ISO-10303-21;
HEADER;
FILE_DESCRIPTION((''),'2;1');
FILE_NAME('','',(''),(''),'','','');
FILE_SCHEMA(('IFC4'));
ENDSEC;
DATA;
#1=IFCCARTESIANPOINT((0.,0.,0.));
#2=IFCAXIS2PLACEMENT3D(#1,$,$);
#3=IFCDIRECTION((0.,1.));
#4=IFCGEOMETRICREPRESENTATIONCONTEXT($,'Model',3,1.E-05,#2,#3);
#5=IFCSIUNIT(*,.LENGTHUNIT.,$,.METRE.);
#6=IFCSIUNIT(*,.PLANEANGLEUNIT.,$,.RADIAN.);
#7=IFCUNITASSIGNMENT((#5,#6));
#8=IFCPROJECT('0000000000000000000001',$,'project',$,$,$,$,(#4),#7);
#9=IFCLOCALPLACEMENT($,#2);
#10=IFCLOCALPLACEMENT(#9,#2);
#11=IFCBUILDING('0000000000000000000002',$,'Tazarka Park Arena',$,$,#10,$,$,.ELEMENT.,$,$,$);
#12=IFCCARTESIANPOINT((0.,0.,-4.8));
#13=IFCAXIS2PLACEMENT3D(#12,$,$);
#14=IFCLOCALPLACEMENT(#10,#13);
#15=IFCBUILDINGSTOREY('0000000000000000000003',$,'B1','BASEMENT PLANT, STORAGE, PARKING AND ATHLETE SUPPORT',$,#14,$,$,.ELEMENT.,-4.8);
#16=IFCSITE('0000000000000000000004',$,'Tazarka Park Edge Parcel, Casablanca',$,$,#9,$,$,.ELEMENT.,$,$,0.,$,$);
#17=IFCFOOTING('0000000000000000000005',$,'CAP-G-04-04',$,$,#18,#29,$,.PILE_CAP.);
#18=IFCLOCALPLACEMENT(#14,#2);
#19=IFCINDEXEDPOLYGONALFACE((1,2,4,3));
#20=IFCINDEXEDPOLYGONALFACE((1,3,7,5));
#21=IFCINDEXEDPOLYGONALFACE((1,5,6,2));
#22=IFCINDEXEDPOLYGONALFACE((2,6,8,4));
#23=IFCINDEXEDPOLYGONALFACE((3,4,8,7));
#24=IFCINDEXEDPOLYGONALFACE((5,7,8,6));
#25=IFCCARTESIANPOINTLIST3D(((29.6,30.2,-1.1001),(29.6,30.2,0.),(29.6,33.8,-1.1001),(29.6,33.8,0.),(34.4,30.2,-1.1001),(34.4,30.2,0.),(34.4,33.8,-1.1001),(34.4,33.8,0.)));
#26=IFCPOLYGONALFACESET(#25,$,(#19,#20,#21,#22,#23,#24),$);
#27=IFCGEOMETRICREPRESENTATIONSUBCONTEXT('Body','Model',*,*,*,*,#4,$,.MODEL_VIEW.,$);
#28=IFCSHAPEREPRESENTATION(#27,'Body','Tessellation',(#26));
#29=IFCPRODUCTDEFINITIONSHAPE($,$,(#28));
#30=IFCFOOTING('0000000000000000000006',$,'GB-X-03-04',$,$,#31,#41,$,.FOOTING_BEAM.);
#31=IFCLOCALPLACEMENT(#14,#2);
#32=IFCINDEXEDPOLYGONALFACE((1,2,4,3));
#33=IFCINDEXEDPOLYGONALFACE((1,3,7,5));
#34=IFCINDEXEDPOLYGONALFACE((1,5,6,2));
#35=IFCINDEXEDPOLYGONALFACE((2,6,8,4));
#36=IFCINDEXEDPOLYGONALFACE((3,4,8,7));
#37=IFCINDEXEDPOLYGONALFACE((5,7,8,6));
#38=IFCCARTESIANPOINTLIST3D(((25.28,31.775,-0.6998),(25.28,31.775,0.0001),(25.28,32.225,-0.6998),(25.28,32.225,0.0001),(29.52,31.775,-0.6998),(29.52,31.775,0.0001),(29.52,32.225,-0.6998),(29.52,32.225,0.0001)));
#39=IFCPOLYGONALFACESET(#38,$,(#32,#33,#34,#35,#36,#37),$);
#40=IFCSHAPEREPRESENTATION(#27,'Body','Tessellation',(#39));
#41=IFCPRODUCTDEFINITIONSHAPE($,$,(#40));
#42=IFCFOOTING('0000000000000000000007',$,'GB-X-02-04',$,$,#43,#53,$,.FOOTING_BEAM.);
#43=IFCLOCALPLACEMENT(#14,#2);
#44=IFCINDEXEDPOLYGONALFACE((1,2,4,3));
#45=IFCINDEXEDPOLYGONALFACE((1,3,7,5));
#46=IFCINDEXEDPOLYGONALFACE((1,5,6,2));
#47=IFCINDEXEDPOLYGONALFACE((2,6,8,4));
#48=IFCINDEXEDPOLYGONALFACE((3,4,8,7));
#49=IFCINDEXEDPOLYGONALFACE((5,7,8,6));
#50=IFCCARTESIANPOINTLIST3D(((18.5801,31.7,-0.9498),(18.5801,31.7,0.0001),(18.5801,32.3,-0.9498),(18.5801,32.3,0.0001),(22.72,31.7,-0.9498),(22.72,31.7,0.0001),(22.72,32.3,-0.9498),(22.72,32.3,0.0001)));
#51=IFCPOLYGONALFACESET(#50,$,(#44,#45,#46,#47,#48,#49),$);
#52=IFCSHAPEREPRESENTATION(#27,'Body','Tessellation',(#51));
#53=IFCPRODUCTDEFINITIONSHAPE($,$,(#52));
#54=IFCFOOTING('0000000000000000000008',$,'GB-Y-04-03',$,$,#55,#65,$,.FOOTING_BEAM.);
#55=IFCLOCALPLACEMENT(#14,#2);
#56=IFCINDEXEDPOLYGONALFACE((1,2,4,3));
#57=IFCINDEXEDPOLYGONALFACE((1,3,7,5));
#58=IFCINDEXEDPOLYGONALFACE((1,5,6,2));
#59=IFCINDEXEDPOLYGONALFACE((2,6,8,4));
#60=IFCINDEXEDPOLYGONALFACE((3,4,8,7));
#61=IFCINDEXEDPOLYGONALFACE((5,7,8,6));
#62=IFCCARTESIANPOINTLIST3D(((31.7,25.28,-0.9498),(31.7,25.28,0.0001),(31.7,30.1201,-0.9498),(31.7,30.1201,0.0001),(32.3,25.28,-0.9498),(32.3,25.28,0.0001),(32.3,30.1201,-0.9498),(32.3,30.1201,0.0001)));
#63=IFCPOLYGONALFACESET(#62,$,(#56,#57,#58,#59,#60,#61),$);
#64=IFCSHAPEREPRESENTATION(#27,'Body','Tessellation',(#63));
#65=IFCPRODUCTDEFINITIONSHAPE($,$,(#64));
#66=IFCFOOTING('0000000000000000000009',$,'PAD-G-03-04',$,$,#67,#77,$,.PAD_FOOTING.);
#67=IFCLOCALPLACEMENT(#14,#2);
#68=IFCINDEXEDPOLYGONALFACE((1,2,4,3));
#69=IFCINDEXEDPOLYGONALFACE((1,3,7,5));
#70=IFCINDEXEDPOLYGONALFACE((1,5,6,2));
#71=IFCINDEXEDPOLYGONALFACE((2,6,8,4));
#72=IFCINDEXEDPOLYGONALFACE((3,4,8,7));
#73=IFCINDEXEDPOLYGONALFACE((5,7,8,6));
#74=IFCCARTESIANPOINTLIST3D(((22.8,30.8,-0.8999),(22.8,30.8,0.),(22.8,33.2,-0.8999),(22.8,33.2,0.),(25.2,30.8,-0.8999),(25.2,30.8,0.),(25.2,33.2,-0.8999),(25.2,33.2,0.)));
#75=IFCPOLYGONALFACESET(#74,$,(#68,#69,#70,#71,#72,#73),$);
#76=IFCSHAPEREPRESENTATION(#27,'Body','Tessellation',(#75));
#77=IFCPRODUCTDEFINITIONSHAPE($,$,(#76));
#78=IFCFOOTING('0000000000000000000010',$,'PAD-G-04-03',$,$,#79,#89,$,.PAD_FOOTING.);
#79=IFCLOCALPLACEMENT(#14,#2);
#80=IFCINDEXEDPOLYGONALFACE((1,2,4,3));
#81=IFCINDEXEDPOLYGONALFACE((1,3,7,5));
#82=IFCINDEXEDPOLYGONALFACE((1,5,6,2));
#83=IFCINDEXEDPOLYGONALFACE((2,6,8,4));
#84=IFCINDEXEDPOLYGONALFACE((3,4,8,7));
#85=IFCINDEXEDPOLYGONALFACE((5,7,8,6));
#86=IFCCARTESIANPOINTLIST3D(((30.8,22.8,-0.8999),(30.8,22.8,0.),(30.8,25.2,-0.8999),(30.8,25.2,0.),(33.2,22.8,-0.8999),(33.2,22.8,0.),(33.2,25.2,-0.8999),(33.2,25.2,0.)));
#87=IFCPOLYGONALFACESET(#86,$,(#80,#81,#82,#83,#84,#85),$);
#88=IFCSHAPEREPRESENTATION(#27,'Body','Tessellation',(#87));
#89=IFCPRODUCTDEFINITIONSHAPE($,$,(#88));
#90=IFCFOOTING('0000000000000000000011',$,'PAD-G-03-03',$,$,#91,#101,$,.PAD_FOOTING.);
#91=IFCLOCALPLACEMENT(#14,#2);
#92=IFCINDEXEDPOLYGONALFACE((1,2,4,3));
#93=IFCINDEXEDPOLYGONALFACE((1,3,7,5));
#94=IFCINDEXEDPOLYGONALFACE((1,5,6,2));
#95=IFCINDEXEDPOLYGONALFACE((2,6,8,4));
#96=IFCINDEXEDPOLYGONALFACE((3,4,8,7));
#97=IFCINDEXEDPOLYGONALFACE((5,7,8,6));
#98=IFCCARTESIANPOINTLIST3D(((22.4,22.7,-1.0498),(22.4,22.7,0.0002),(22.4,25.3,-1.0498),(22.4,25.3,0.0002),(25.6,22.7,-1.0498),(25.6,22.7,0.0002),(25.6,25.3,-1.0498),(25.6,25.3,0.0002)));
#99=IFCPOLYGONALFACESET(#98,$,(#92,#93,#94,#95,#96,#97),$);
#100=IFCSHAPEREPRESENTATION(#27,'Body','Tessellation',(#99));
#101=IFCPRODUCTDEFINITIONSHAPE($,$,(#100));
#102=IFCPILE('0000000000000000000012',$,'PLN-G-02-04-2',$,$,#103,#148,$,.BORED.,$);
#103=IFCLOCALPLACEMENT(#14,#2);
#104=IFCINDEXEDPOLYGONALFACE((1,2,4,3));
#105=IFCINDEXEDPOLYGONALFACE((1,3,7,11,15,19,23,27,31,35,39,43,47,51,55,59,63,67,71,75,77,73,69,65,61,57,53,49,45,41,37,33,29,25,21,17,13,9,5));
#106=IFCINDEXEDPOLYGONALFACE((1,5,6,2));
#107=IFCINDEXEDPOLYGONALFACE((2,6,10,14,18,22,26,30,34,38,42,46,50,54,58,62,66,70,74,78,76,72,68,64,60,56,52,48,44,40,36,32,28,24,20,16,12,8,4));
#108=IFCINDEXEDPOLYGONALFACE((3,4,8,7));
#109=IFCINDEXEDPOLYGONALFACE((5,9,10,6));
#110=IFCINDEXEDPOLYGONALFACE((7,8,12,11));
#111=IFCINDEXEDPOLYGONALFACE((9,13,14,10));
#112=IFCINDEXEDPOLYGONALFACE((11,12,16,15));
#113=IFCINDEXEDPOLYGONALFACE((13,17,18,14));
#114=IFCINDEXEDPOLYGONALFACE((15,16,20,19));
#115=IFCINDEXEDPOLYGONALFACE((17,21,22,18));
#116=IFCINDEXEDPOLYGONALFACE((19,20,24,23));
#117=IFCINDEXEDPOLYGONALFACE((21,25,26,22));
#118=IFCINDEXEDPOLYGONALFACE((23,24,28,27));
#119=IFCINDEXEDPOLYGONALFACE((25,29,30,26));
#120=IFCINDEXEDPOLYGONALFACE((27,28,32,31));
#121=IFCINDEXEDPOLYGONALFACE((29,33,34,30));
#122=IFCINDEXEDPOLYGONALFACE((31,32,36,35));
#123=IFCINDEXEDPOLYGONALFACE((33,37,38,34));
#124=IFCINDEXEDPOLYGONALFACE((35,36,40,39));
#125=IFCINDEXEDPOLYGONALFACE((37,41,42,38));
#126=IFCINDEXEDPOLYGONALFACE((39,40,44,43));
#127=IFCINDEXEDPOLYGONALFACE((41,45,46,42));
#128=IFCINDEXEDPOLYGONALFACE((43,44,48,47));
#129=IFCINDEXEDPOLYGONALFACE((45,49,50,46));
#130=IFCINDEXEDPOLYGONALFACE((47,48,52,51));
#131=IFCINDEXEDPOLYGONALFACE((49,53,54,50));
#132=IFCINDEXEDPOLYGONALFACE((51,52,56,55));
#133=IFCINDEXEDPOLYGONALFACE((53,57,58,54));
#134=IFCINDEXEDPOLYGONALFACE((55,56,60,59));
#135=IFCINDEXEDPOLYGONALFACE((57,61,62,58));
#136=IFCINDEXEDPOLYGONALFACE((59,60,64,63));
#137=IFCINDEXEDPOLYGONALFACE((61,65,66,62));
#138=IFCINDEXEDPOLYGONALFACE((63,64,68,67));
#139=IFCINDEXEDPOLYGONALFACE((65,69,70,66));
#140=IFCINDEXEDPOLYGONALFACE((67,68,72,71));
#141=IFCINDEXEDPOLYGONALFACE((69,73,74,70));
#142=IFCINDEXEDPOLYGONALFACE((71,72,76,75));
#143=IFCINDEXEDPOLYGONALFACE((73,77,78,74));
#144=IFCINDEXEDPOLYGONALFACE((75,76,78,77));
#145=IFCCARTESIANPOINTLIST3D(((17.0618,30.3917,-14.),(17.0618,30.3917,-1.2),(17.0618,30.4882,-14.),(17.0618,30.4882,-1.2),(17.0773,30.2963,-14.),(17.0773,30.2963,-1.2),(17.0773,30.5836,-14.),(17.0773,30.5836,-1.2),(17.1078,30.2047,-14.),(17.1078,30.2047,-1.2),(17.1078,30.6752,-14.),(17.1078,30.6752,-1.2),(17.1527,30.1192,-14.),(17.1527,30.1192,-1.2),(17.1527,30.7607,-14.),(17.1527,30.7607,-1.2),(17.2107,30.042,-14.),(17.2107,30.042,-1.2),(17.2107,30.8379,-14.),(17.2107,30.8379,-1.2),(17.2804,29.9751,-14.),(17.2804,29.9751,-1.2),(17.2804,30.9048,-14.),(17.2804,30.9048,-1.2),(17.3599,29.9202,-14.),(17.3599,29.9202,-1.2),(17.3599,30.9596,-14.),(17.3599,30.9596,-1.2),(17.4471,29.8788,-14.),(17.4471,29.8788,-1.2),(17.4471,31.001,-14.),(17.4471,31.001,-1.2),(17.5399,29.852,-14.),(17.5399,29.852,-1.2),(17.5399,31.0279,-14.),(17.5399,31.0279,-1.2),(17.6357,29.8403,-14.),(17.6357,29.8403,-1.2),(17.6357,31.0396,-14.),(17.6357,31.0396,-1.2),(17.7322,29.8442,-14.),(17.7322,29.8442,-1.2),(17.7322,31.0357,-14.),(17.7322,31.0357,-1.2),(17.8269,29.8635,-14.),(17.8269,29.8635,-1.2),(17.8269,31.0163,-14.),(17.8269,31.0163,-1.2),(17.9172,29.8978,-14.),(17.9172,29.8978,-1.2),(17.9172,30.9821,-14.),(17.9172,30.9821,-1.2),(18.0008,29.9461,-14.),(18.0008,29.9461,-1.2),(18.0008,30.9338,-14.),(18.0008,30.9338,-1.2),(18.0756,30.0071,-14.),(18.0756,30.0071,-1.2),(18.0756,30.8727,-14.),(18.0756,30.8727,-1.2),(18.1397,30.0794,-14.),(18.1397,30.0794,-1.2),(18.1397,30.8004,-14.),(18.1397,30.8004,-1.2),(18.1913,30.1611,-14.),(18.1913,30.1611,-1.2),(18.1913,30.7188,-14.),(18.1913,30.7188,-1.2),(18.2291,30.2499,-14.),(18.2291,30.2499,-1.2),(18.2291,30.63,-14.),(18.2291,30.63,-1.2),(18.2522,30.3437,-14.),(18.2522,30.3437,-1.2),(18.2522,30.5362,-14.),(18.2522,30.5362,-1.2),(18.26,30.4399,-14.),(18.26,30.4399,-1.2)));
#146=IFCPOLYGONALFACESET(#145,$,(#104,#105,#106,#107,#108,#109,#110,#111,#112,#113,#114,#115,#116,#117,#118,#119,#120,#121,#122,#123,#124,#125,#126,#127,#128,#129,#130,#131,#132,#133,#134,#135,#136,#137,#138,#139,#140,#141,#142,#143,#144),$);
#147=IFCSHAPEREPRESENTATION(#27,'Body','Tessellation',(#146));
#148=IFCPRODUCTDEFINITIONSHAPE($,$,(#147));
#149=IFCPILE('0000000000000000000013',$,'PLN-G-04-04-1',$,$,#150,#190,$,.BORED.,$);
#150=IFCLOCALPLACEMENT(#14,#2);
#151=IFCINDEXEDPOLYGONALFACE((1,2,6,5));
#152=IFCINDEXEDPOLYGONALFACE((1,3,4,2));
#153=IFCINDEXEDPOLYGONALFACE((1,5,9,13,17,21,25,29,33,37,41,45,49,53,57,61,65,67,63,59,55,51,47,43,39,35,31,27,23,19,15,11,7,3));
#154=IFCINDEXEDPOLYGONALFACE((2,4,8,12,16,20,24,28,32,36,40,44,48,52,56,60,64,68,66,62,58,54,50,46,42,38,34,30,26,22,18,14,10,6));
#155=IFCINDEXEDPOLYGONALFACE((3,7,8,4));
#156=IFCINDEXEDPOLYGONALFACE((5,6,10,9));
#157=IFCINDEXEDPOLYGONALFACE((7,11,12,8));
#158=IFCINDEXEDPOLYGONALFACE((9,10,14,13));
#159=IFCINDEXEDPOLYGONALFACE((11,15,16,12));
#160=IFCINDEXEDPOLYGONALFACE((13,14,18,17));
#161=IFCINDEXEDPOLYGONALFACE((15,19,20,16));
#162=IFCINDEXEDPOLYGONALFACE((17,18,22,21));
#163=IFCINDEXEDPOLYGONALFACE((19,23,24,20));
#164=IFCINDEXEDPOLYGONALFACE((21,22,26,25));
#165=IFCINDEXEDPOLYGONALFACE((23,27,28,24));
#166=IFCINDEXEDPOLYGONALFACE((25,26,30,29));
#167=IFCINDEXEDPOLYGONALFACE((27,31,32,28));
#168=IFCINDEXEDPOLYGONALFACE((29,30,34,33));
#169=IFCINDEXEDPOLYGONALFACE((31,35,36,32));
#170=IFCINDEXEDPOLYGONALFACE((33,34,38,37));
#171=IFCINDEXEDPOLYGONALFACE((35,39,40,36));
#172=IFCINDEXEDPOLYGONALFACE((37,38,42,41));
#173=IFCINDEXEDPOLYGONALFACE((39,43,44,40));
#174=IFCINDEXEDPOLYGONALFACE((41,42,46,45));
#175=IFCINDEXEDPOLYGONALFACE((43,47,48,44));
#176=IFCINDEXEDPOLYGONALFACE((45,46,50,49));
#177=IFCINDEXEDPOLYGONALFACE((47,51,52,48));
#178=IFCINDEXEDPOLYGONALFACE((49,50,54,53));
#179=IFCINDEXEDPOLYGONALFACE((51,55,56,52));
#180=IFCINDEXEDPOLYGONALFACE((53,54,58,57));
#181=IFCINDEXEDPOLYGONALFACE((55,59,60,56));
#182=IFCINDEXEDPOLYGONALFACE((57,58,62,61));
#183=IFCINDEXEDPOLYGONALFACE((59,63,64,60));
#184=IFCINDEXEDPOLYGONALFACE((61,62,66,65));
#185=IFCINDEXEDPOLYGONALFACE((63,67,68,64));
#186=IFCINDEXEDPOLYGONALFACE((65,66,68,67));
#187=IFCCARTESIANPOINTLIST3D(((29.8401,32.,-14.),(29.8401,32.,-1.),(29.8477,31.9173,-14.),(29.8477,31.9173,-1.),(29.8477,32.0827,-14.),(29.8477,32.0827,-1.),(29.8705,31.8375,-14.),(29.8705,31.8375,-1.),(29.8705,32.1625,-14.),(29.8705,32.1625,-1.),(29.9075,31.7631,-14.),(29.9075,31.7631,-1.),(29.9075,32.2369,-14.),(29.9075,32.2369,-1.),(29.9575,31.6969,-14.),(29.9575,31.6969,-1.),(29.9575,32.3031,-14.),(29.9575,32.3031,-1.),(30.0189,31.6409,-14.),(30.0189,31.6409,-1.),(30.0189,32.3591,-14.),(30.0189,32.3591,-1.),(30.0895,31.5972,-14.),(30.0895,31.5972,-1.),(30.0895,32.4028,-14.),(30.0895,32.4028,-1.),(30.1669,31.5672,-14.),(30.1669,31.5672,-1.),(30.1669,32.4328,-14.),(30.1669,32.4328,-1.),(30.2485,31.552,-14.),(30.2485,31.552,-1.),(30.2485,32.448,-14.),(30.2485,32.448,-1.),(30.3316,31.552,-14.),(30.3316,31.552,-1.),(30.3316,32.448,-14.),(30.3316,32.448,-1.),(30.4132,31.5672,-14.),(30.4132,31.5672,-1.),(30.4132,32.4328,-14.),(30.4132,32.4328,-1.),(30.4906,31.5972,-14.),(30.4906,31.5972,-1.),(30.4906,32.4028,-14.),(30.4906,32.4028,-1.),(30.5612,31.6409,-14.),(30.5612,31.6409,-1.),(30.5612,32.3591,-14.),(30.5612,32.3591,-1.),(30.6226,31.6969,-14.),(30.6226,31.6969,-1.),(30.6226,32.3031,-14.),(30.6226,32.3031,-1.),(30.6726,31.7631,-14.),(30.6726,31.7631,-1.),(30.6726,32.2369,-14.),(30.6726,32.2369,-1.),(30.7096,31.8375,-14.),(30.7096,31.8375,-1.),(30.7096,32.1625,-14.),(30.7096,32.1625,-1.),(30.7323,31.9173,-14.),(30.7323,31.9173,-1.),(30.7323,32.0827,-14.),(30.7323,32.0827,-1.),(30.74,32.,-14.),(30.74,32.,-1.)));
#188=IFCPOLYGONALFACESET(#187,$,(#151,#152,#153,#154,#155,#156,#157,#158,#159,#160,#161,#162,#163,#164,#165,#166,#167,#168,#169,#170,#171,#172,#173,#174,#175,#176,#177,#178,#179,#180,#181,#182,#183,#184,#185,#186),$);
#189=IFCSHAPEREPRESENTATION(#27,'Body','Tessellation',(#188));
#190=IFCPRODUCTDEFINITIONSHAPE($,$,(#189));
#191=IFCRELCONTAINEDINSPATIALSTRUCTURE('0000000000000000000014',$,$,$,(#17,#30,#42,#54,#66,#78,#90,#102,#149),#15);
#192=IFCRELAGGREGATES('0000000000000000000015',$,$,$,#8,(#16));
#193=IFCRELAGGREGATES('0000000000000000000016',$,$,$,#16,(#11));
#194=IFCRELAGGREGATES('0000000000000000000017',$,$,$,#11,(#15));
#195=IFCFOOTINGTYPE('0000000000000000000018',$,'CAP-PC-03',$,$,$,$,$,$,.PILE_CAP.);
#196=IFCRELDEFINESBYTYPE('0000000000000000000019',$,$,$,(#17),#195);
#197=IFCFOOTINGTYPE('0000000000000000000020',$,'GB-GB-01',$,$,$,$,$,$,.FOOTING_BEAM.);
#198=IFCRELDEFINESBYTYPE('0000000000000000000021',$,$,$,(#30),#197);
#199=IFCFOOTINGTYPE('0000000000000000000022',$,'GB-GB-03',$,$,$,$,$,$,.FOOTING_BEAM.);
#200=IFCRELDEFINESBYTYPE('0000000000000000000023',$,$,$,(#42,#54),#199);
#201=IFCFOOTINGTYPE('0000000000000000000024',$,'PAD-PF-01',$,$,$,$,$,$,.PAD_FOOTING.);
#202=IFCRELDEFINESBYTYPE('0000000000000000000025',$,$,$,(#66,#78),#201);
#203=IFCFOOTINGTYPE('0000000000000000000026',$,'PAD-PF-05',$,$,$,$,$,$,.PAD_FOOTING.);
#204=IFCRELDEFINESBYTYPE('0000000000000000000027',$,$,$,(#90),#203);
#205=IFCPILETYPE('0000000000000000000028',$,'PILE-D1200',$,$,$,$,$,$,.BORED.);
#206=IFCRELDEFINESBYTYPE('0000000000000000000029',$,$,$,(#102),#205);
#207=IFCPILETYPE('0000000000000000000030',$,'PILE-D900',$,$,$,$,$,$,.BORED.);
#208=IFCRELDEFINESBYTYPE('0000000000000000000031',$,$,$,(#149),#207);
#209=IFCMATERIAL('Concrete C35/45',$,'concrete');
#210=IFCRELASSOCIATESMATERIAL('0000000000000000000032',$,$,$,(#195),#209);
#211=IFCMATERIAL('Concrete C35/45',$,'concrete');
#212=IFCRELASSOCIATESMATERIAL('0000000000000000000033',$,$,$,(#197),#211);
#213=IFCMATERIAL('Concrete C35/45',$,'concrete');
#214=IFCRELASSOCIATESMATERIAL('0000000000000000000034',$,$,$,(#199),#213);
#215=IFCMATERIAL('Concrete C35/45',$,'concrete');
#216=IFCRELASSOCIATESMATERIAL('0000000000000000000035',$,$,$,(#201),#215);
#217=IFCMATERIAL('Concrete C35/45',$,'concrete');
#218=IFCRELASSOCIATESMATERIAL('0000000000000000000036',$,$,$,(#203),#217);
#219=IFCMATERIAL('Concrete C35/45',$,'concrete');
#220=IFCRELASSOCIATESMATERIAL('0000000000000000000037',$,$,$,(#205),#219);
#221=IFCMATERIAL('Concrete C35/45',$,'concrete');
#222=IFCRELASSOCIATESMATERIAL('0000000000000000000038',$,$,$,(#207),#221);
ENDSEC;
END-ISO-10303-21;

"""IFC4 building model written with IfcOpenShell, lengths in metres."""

from ifc_helpers import new_model, si_unit, direction, frame, origin, origin_2d, place, context, subcontext, project, spatial, rectangle, circle, extrude, material, material_profile, profile_set, type_object, element, save


model = new_model("IFC4")

# Units and contexts
model_context = context("Model", 3, precision=1e-05, world=origin(), true_north=direction((0.0, 1.0)))
body_context = subcontext(model_context, "Body", "Model", "MODEL_VIEW")
ifc_project = project(units=[si_unit("LENGTHUNIT", "METRE"), si_unit("PLANEANGLEUNIT", "RADIAN")], contexts=[model_context])

# Site, building, storey
site_placement = place(None, origin())
site = spatial("IfcSite", under=ifc_project, at=site_placement, Name="Tazarka Park Edge Parcel, Casablanca", CompositionType="ELEMENT", RefElevation=0.0)
building_placement = place(site_placement, origin())
building = spatial("IfcBuilding", under=site, at=building_placement, Name="Tazarka Park Arena", CompositionType="ELEMENT")
storey_placement = place(building_placement, frame((0.0, 0.0, -4.8)))
storey = spatial("IfcBuildingStorey", under=building, at=storey_placement, Name="B1", Description="BASEMENT PLANT, STORAGE, PARKING AND ATHLETE SUPPORT", CompositionType="ELEMENT", Elevation=-4.8)

# Footings
ifc_material_1 = material(Name="Concrete C35/45", Category="concrete")
footing_type_1 = type_object("IfcFootingType", Name="CAP-PC-03", PredefinedType="PILE_CAP", material=ifc_material_1)
footing_1_placement = place(storey_placement, frame((32.0, 32.0, -1.1001), z_axis=(0.0, 0.0, 1.0), x_axis=(1.0, 0.0, 0.0)))
element("IfcFooting", 1, at=footing_1_placement, inside=storey, type_object=footing_type_1, Name="CAP-G-04-04", PredefinedType="PILE_CAP", context=body_context, shape_type="SweptSolid", body=[
    extrude(rectangle(XDim=4.8, YDim=3.6001, at=origin_2d()), origin(), (0.0, 0.0, 1.0), 1.1001),
])
ifc_material_2 = material(Name="Concrete C35/45", Category="concrete")
ifc_material_profile_1 = material_profile(ifc_material_2, rectangle(XDim=0.45, YDim=0.7, at=origin_2d()), Name="Concrete C35/45")
ifc_profile_set_1 = profile_set([ifc_material_profile_1], Name="Concrete C35/45")
footing_type_2 = type_object("IfcFootingType", Name="GB-GB-01", PredefinedType="FOOTING_BEAM", material=ifc_profile_set_1)
footing_2_placement = place(storey_placement, frame((25.28, 32.0, -0.3499), z_axis=(1.0, 0.0, 0.0), x_axis=(0.0, 1.0, 0.0)))
element("IfcFooting", 2, at=footing_2_placement, inside=storey, type_object=footing_type_2, Name="GB-X-03-04", PredefinedType="FOOTING_BEAM", context=body_context, shape_type="SweptSolid", body=[
    extrude(rectangle(XDim=0.45, YDim=0.7, at=origin_2d()), origin(), (0.0, 0.0, 1.0), 4.24),
])
ifc_material_3 = material(Name="Concrete C35/45", Category="concrete")
ifc_material_profile_2 = material_profile(ifc_material_3, rectangle(XDim=0.6001, YDim=0.95, at=origin_2d()), Name="Concrete C35/45")
ifc_profile_set_2 = profile_set([ifc_material_profile_2], Name="Concrete C35/45")
footing_type_3 = type_object("IfcFootingType", Name="GB-GB-03", PredefinedType="FOOTING_BEAM", material=ifc_profile_set_2)
footing_3_placement = place(storey_placement, frame((18.5801, 32.0, -0.4749), z_axis=(1.0, 0.0, 0.0), x_axis=(0.0, 1.0, 0.0)))
element("IfcFooting", 3, at=footing_3_placement, inside=storey, type_object=footing_type_3, Name="GB-X-02-04", PredefinedType="FOOTING_BEAM", context=body_context, shape_type="SweptSolid", body=[
    extrude(rectangle(XDim=0.6001, YDim=0.95, at=origin_2d()), origin(), (0.0, 0.0, 1.0), 4.1399),
])
footing_4_placement = place(storey_placement, frame((32.0, 25.28, -0.4749), z_axis=(0.0, 1.0, 0.0), x_axis=(-1.0, 0.0, 0.0)))
element("IfcFooting", 4, at=footing_4_placement, inside=storey, type_object=footing_type_3, Name="GB-Y-04-03", PredefinedType="FOOTING_BEAM", context=body_context, shape_type="SweptSolid", body=[
    extrude(rectangle(XDim=0.6001, YDim=0.95, at=origin_2d()), origin(), (0.0, 0.0, 1.0), 4.8401),
])
ifc_material_4 = material(Name="Concrete C35/45", Category="concrete")
footing_type_4 = type_object("IfcFootingType", Name="PAD-PF-01", PredefinedType="PAD_FOOTING", material=ifc_material_4)
for number, where, z_axis, x_axis, name in (
    (5, (24.0, 32.0, -0.8999), (0.0, 0.0, 1.0), (1.0, 0.0, 0.0), "PAD-G-03-04"),
    (6, (32.0, 24.0, -0.8999), (0.0, 0.0, 1.0), (1.0, 0.0, 0.0), "PAD-G-04-03"),
):
    element("IfcFooting", number, at=place(storey_placement, frame(where, z_axis=z_axis, x_axis=x_axis)), inside=storey, type_object=footing_type_4, Name=name, PredefinedType="PAD_FOOTING", context=body_context, shape_type="SweptSolid", body=[
        extrude(rectangle(XDim=2.3999, YDim=2.3999, at=origin_2d()), origin(), (0.0, 0.0, 1.0), 0.8999),
    ])
ifc_material_5 = material(Name="Concrete C35/45", Category="concrete")
footing_type_5 = type_object("IfcFootingType", Name="PAD-PF-05", PredefinedType="PAD_FOOTING", material=ifc_material_5)
footing_5_placement = place(storey_placement, frame((24.0, 24.0, -1.0498), z_axis=(0.0, 0.0, 1.0), x_axis=(1.0, 0.0, 0.0)))
element("IfcFooting", 7, at=footing_5_placement, inside=storey, type_object=footing_type_5, Name="PAD-G-03-03", PredefinedType="PAD_FOOTING", context=body_context, shape_type="SweptSolid", body=[
    extrude(rectangle(XDim=3.2, YDim=2.6001, at=origin_2d()), origin(), (0.0, 0.0, 1.0), 1.05),
])

# Piles
ifc_material_6 = material(Name="Concrete C35/45", Category="concrete")
ifc_material_profile_3 = material_profile(ifc_material_6, circle(Radius=0.6001, at=origin_2d()), Name="Concrete C35/45")
ifc_profile_set_3 = profile_set([ifc_material_profile_3], Name="Concrete C35/45")
pile_type_1 = type_object("IfcPileType", Name="PILE-D1200", PredefinedType="BORED", material=ifc_profile_set_3)
pile_1_placement = place(storey_placement, frame((17.6599, 30.4399, -1.2), z_axis=(0.0, 0.0, -1.0), x_axis=(1.0, 0.0, 0.0)))
element("IfcPile", 8, at=pile_1_placement, inside=storey, type_object=pile_type_1, Name="PLN-G-02-04-2", PredefinedType="BORED", context=body_context, shape_type="SweptSolid", body=[
    extrude(circle(Radius=0.6001, at=origin_2d()), origin(), (0.0, 0.0, 1.0), 12.8),
])
ifc_material_7 = material(Name="Concrete C35/45", Category="concrete")
ifc_material_profile_4 = material_profile(ifc_material_7, circle(Radius=0.45, at=origin_2d()), Name="Concrete C35/45")
ifc_profile_set_4 = profile_set([ifc_material_profile_4], Name="Concrete C35/45")
pile_type_2 = type_object("IfcPileType", Name="PILE-D900", PredefinedType="BORED", material=ifc_profile_set_4)
pile_2_placement = place(storey_placement, frame((30.29, 32.0, -1.0), z_axis=(0.0, 0.0, -1.0), x_axis=(1.0, 0.0, 0.0)))
element("IfcPile", 9, at=pile_2_placement, inside=storey, type_object=pile_type_2, Name="PLN-G-04-04-1", PredefinedType="BORED", context=body_context, shape_type="SweptSolid", body=[
    extrude(circle(Radius=0.45, at=origin_2d()), origin(), (0.0, 0.0, 1.0), 13.0),
])

save(model, "model.ifc")
